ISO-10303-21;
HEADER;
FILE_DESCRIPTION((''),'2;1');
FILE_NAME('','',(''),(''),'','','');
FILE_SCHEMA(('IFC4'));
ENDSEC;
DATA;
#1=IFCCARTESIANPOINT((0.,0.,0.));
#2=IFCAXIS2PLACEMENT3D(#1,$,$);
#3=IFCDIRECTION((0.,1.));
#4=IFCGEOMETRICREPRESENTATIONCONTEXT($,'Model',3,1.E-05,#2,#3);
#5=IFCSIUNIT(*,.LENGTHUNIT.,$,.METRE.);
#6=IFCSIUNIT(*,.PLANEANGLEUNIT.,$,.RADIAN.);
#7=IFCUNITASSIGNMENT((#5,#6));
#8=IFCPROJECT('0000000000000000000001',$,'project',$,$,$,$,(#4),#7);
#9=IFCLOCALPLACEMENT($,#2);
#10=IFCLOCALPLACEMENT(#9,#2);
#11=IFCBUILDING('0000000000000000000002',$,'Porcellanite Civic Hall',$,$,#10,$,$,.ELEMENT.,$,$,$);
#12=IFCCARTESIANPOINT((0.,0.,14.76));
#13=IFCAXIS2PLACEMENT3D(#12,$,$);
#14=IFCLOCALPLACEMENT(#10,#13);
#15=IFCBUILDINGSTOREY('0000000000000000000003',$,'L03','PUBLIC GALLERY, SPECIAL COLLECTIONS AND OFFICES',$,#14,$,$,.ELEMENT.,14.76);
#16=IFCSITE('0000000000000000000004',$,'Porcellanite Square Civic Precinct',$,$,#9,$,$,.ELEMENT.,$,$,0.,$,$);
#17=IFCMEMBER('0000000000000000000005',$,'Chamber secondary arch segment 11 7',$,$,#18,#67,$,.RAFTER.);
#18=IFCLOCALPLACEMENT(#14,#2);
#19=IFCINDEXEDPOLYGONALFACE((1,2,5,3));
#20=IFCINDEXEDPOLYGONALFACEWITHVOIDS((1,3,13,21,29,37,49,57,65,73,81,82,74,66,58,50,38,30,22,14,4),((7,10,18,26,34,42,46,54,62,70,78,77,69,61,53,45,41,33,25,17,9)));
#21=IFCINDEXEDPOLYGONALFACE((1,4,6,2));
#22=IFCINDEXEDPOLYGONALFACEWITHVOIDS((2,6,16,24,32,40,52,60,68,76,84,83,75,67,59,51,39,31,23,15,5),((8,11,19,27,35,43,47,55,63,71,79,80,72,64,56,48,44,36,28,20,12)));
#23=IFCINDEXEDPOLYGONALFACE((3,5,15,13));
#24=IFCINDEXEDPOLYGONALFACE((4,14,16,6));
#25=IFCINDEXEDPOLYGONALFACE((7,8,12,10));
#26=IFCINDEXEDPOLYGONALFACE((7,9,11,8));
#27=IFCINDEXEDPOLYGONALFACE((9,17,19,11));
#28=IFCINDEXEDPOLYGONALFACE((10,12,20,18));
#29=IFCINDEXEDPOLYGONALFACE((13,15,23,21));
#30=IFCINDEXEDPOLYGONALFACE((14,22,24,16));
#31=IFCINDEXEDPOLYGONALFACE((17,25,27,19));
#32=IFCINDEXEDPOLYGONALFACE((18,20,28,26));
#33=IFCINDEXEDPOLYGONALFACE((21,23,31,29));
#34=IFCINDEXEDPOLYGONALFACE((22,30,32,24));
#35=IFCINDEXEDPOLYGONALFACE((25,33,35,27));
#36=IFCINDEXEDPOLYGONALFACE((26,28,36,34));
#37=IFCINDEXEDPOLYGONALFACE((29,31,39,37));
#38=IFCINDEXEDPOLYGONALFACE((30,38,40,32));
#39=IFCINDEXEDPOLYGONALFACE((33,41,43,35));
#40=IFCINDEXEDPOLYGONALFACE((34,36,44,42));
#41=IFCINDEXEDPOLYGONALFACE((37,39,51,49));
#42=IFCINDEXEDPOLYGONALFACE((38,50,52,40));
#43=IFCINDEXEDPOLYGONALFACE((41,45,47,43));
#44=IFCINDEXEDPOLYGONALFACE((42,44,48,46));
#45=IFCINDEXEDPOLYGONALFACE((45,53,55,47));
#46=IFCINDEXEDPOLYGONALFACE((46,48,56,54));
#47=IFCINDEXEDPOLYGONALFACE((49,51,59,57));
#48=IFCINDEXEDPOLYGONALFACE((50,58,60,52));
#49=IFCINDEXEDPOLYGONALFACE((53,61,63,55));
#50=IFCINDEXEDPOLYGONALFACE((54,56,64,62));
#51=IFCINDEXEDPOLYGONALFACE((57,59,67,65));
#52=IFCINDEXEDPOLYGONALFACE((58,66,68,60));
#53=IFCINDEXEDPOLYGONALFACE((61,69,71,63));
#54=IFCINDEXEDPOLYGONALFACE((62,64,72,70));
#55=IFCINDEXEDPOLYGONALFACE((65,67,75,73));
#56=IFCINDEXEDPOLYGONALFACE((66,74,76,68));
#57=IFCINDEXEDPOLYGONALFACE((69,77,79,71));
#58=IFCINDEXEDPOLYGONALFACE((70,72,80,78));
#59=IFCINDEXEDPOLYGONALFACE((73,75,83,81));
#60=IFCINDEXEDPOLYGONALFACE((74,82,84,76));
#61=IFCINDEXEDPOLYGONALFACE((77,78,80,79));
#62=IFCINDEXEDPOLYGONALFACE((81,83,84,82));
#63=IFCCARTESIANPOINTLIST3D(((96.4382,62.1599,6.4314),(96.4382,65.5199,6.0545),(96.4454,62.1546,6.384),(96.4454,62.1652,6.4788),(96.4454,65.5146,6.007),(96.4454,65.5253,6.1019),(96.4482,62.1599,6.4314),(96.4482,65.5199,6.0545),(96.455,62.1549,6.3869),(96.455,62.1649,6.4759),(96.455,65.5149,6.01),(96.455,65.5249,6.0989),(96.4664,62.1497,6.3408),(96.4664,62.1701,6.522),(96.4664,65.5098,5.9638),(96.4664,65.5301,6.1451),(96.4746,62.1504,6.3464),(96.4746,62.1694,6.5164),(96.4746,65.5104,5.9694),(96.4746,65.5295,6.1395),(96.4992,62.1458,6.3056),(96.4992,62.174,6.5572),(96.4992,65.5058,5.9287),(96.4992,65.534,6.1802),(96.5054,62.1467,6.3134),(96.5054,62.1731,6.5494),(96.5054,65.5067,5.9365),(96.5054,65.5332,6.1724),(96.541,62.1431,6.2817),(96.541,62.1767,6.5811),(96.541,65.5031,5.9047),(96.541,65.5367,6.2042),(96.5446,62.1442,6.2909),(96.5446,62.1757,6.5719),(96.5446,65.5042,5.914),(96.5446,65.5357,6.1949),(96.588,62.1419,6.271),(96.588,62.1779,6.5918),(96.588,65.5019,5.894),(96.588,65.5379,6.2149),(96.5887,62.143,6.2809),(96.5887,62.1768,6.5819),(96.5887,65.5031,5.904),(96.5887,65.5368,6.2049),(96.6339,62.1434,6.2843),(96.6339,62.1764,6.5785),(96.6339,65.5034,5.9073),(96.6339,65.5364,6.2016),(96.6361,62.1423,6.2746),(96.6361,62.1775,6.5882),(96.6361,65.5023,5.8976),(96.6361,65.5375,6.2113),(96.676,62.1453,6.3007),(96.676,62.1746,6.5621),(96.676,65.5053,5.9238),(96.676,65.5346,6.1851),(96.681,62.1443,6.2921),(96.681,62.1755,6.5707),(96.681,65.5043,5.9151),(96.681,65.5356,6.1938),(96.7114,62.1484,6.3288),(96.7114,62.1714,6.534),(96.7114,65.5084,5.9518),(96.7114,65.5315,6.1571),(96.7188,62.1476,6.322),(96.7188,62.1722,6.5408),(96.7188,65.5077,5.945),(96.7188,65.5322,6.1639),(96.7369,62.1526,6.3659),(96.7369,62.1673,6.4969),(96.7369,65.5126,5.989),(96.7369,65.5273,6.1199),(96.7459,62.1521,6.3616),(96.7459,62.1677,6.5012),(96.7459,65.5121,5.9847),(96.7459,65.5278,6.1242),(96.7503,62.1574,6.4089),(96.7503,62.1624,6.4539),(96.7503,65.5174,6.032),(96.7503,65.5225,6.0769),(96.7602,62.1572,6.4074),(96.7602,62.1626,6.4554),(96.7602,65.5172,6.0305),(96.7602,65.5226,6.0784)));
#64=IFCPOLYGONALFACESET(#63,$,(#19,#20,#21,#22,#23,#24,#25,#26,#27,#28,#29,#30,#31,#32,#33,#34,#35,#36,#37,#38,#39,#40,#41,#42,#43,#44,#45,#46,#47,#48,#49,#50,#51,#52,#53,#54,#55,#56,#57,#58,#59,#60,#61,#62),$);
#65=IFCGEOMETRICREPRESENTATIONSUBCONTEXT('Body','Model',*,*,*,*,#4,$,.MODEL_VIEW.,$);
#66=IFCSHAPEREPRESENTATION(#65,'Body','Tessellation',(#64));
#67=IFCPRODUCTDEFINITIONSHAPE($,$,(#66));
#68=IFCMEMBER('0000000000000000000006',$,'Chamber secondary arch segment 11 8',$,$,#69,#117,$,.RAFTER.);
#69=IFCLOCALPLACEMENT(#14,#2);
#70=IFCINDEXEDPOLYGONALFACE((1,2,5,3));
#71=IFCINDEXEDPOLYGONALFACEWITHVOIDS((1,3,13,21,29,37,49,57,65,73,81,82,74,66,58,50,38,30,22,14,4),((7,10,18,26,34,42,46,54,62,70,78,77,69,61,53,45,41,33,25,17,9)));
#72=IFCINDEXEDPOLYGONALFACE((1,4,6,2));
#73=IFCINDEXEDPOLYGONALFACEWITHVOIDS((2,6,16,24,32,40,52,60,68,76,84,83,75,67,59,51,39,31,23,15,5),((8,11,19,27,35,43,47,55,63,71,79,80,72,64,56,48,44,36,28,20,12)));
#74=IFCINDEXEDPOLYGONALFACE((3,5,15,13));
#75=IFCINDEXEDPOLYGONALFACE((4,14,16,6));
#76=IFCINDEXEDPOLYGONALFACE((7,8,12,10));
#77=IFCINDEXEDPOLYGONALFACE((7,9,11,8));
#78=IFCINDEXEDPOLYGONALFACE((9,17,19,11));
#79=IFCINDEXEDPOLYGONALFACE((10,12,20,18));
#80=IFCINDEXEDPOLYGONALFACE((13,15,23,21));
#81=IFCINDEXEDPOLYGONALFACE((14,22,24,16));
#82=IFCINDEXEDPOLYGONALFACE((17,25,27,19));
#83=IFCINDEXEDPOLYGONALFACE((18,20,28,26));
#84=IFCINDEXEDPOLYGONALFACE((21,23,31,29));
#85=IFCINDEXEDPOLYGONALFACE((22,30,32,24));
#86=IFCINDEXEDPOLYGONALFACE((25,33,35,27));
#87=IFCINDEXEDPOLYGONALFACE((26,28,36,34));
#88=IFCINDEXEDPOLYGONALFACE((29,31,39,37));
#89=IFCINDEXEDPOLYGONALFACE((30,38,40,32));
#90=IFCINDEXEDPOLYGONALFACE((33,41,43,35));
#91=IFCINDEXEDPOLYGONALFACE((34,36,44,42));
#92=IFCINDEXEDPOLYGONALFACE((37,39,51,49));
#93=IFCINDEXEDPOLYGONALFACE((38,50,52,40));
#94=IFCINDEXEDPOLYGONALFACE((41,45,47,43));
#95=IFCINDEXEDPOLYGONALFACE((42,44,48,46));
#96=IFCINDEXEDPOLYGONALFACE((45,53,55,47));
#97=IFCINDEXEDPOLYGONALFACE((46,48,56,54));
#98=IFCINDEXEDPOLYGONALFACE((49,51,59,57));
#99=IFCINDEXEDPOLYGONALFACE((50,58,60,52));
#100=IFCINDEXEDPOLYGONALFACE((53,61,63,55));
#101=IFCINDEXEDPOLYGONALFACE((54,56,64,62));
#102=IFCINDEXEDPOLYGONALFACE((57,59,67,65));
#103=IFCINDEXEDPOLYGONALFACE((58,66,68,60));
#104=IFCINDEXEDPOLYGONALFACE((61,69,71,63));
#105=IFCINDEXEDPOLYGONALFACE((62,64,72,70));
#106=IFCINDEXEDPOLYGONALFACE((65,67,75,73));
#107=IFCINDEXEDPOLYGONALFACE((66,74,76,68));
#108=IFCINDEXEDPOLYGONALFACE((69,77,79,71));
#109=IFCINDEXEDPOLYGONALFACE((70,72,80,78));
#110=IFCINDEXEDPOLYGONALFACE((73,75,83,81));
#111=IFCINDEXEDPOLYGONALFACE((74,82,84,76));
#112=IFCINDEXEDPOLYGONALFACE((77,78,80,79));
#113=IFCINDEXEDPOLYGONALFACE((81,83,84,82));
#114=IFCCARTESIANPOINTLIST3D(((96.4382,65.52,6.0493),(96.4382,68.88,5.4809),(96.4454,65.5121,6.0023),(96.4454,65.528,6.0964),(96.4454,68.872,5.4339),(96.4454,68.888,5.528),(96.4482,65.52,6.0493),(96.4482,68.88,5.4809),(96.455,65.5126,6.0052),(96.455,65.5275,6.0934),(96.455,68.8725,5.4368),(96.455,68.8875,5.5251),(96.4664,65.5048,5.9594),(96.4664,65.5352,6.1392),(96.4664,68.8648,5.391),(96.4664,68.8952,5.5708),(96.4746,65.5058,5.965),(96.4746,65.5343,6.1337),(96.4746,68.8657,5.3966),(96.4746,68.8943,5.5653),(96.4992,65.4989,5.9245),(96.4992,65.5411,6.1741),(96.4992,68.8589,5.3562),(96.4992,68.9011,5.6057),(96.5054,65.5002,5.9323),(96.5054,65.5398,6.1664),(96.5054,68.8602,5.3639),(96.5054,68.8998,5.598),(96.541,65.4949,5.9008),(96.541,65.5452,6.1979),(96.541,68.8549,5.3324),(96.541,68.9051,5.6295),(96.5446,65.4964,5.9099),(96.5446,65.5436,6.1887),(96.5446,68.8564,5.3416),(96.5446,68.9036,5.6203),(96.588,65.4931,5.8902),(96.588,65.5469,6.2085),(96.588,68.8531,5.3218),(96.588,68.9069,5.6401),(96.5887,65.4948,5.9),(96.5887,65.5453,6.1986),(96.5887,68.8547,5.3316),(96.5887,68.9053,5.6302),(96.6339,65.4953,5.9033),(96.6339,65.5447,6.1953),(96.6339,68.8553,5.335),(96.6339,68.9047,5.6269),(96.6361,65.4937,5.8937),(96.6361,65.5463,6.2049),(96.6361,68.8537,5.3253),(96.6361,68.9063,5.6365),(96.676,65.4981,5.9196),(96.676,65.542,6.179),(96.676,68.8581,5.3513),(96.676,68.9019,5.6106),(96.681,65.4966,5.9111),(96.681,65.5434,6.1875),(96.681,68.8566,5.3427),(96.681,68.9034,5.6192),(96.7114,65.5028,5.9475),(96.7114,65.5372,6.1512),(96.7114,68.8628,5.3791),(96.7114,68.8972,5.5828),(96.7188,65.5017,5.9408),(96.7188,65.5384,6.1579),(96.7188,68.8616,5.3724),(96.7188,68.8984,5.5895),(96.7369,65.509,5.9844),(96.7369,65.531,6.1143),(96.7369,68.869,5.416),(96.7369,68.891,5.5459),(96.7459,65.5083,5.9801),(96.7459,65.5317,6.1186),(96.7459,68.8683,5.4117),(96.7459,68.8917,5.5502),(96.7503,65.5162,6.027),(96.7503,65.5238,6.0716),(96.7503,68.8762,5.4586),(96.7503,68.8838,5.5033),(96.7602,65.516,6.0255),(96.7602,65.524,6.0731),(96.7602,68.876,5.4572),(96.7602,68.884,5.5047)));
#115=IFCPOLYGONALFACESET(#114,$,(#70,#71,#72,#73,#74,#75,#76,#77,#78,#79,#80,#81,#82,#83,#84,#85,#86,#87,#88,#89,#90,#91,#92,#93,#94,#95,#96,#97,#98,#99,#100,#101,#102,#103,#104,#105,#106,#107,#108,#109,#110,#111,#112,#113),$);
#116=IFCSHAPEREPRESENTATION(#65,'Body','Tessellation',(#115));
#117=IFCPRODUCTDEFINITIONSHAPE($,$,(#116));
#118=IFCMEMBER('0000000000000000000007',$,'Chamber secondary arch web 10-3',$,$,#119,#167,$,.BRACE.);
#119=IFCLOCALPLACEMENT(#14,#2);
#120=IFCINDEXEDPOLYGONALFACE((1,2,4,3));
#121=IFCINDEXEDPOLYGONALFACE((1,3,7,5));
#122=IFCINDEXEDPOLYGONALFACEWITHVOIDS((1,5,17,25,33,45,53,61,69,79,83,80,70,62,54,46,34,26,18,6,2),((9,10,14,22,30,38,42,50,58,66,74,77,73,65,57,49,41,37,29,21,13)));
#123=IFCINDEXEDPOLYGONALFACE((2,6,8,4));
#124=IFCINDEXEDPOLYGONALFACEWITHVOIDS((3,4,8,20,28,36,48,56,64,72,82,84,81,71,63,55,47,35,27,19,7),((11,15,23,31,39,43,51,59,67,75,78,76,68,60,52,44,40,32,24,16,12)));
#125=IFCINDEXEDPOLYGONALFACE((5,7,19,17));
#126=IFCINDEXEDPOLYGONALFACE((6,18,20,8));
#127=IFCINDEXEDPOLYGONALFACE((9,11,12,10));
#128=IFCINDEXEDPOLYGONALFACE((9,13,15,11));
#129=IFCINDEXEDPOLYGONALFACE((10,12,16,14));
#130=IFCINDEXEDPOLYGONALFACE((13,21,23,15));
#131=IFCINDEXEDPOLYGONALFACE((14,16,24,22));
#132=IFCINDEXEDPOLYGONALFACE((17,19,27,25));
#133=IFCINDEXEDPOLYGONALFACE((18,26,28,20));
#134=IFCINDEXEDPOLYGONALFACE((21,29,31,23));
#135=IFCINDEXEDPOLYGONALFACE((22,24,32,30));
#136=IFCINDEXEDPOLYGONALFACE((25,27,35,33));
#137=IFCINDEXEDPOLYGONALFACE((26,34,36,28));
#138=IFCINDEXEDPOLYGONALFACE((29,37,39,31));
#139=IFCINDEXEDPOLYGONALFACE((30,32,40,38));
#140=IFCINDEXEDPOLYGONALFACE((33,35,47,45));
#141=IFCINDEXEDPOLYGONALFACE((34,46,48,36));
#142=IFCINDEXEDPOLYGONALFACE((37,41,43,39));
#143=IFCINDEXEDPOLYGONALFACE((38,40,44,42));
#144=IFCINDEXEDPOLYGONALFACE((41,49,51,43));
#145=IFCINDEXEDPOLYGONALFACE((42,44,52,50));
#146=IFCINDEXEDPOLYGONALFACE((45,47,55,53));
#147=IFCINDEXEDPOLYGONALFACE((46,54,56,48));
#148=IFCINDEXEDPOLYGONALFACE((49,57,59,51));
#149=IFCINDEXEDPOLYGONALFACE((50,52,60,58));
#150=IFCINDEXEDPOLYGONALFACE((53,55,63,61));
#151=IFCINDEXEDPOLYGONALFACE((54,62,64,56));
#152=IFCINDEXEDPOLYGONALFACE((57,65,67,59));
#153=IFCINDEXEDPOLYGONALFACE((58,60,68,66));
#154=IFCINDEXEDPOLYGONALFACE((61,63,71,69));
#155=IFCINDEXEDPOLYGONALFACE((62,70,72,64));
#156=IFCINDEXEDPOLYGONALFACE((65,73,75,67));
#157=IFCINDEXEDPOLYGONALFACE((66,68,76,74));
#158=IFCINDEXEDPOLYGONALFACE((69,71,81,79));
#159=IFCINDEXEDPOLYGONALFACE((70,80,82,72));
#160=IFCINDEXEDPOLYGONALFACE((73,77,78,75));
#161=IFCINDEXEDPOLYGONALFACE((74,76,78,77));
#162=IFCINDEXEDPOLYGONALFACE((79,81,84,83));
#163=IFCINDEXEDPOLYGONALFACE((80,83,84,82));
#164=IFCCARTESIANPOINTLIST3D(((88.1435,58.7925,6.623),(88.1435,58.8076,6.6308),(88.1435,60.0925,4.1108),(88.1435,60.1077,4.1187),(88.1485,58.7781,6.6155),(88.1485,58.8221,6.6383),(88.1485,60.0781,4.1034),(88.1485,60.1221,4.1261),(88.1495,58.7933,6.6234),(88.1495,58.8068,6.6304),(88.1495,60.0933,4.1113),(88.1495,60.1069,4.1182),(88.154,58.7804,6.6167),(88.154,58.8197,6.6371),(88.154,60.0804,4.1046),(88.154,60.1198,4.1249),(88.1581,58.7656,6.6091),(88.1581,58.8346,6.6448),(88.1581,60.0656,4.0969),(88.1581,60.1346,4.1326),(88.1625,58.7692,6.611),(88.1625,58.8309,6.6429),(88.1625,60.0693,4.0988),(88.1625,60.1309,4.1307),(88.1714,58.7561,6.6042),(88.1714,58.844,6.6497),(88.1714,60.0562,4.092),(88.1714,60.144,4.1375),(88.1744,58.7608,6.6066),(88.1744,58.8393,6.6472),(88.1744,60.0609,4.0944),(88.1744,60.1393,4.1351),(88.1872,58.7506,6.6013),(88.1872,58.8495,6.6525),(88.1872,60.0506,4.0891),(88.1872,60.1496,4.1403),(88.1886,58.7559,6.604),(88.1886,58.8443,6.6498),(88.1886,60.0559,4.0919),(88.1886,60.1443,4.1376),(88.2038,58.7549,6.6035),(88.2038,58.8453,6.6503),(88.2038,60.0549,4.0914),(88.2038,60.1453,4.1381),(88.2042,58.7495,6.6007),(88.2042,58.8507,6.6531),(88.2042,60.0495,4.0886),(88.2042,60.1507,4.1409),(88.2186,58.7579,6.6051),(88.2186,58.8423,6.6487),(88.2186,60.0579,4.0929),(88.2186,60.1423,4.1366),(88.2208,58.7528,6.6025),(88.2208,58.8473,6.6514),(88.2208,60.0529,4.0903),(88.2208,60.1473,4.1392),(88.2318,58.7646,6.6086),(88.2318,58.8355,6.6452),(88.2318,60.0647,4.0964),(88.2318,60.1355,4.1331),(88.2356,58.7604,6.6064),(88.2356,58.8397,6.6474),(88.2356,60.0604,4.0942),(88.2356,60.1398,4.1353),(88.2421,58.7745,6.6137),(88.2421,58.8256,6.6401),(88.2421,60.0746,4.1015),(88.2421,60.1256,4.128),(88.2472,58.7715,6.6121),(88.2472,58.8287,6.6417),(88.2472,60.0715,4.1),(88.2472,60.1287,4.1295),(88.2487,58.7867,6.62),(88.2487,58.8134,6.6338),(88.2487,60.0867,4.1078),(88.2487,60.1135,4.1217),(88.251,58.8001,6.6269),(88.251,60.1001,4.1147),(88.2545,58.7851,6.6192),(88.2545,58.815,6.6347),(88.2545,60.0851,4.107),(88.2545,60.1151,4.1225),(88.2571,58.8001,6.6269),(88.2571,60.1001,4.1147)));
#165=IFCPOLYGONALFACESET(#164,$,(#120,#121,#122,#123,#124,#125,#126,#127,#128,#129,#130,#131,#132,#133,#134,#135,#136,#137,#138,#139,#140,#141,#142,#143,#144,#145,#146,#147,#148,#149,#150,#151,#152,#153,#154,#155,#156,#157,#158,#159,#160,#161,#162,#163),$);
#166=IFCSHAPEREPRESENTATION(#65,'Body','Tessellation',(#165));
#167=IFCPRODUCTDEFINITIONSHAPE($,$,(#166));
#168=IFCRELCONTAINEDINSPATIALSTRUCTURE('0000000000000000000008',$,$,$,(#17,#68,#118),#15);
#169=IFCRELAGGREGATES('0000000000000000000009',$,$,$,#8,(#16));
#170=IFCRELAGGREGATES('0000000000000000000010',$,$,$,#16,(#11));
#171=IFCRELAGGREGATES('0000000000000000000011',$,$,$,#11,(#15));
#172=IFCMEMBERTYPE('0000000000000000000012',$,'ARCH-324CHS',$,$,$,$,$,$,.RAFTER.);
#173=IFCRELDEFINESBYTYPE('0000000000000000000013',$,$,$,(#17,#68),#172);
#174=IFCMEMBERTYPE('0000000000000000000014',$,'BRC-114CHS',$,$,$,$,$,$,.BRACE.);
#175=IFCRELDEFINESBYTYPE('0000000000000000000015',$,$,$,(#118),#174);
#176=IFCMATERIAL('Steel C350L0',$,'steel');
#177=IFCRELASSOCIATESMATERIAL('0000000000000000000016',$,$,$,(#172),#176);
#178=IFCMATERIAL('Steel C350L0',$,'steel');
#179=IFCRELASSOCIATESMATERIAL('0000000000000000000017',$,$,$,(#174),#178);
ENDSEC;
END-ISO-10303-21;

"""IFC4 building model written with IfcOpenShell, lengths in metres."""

from ifc_helpers import new_model, si_unit, direction, frame, origin, origin_2d, place, context, subcontext, project, spatial, hollow_circle, extrude, material, material_profile, profile_set, type_object, element, save


model = new_model("IFC4")

# Units and contexts
model_context = context("Model", 3, precision=1e-05, world=origin(), true_north=direction((0.0, 1.0)))
body_context = subcontext(model_context, "Body", "Model", "MODEL_VIEW")
ifc_project = project(units=[si_unit("LENGTHUNIT", "METRE"), si_unit("PLANEANGLEUNIT", "RADIAN")], contexts=[model_context])

# Site, building, storey
site_placement = place(None, origin())
site = spatial("IfcSite", under=ifc_project, at=site_placement, Name="Porcellanite Square Civic Precinct", CompositionType="ELEMENT", RefElevation=0.0)
building_placement = place(site_placement, origin())
building = spatial("IfcBuilding", under=site, at=building_placement, Name="Porcellanite Civic Hall", CompositionType="ELEMENT")
storey_placement = place(building_placement, frame((0.0, 0.0, 14.76)))
storey = spatial("IfcBuildingStorey", under=building, at=storey_placement, Name="L03", Description="PUBLIC GALLERY, SPECIAL COLLECTIONS AND OFFICES", CompositionType="ELEMENT", Elevation=14.76)

# Members
ifc_material_1 = material(Name="Steel C350L0", Category="steel")
ifc_material_profile_1 = material_profile(ifc_material_1, hollow_circle(Radius=0.1619, WallThickness=0.01, at=origin_2d()), Name="323.9x10.0CHS")
ifc_profile_set_1 = profile_set([ifc_material_profile_1], Name="Steel C350L0")
member_type_1 = type_object("IfcMemberType", Name="ARCH-324CHS", PredefinedType="RAFTER", material=ifc_profile_set_1)
member_1_placement = place(storey_placement, frame((96.6001, 62.1599, 6.4314), z_axis=(0.0, 0.993766, -0.111485), x_axis=(-1.0, 0.0, 0.0)))
element("IfcMember", 1, at=member_1_placement, inside=storey, type_object=member_type_1, Name="Chamber secondary arch segment 11 7", PredefinedType="RAFTER", context=body_context, shape_type="SweptSolid", body=[
    extrude(hollow_circle(Radius=0.1619, WallThickness=0.01, at=origin_2d()), origin(), (0.0, 0.0, 1.0), 3.3811),
])
member_2_placement = place(storey_placement, frame((96.6001, 65.52, 6.0493), z_axis=(0.0, 0.985992, -0.166792), x_axis=(-1.0, 0.0, 0.0)))
element("IfcMember", 2, at=member_2_placement, inside=storey, type_object=member_type_1, Name="Chamber secondary arch segment 11 8", PredefinedType="RAFTER", context=body_context, shape_type="SweptSolid", body=[
    extrude(hollow_circle(Radius=0.1619, WallThickness=0.01, at=origin_2d()), origin(), (0.0, 0.0, 1.0), 3.4077),
])
ifc_material_2 = material(Name="Steel C350L0", Category="steel")
ifc_material_profile_2 = material_profile(ifc_material_2, hollow_circle(Radius=0.0571, WallThickness=0.0061, at=origin_2d()), Name="114.3x6.0CHS")
ifc_profile_set_2 = profile_set([ifc_material_profile_2], Name="Steel C350L0")
member_type_2 = type_object("IfcMemberType", Name="BRC-114CHS", PredefinedType="BRACE", material=ifc_profile_set_2)
member_3_placement = place(storey_placement, frame((88.2, 60.1001, 4.1147), z_axis=(0.0, -0.459599, 0.888127), x_axis=(1.0, 0.0, 0.0)))
element("IfcMember", 3, at=member_3_placement, inside=storey, type_object=member_type_2, Name="Chamber secondary arch web 10-3", PredefinedType="BRACE", context=body_context, shape_type="SweptSolid", body=[
    extrude(hollow_circle(Radius=0.0571, WallThickness=0.0061, at=origin_2d()), origin(), (0.0, 0.0, 1.0), 2.8286),
])

save(model, "model.ifc")
